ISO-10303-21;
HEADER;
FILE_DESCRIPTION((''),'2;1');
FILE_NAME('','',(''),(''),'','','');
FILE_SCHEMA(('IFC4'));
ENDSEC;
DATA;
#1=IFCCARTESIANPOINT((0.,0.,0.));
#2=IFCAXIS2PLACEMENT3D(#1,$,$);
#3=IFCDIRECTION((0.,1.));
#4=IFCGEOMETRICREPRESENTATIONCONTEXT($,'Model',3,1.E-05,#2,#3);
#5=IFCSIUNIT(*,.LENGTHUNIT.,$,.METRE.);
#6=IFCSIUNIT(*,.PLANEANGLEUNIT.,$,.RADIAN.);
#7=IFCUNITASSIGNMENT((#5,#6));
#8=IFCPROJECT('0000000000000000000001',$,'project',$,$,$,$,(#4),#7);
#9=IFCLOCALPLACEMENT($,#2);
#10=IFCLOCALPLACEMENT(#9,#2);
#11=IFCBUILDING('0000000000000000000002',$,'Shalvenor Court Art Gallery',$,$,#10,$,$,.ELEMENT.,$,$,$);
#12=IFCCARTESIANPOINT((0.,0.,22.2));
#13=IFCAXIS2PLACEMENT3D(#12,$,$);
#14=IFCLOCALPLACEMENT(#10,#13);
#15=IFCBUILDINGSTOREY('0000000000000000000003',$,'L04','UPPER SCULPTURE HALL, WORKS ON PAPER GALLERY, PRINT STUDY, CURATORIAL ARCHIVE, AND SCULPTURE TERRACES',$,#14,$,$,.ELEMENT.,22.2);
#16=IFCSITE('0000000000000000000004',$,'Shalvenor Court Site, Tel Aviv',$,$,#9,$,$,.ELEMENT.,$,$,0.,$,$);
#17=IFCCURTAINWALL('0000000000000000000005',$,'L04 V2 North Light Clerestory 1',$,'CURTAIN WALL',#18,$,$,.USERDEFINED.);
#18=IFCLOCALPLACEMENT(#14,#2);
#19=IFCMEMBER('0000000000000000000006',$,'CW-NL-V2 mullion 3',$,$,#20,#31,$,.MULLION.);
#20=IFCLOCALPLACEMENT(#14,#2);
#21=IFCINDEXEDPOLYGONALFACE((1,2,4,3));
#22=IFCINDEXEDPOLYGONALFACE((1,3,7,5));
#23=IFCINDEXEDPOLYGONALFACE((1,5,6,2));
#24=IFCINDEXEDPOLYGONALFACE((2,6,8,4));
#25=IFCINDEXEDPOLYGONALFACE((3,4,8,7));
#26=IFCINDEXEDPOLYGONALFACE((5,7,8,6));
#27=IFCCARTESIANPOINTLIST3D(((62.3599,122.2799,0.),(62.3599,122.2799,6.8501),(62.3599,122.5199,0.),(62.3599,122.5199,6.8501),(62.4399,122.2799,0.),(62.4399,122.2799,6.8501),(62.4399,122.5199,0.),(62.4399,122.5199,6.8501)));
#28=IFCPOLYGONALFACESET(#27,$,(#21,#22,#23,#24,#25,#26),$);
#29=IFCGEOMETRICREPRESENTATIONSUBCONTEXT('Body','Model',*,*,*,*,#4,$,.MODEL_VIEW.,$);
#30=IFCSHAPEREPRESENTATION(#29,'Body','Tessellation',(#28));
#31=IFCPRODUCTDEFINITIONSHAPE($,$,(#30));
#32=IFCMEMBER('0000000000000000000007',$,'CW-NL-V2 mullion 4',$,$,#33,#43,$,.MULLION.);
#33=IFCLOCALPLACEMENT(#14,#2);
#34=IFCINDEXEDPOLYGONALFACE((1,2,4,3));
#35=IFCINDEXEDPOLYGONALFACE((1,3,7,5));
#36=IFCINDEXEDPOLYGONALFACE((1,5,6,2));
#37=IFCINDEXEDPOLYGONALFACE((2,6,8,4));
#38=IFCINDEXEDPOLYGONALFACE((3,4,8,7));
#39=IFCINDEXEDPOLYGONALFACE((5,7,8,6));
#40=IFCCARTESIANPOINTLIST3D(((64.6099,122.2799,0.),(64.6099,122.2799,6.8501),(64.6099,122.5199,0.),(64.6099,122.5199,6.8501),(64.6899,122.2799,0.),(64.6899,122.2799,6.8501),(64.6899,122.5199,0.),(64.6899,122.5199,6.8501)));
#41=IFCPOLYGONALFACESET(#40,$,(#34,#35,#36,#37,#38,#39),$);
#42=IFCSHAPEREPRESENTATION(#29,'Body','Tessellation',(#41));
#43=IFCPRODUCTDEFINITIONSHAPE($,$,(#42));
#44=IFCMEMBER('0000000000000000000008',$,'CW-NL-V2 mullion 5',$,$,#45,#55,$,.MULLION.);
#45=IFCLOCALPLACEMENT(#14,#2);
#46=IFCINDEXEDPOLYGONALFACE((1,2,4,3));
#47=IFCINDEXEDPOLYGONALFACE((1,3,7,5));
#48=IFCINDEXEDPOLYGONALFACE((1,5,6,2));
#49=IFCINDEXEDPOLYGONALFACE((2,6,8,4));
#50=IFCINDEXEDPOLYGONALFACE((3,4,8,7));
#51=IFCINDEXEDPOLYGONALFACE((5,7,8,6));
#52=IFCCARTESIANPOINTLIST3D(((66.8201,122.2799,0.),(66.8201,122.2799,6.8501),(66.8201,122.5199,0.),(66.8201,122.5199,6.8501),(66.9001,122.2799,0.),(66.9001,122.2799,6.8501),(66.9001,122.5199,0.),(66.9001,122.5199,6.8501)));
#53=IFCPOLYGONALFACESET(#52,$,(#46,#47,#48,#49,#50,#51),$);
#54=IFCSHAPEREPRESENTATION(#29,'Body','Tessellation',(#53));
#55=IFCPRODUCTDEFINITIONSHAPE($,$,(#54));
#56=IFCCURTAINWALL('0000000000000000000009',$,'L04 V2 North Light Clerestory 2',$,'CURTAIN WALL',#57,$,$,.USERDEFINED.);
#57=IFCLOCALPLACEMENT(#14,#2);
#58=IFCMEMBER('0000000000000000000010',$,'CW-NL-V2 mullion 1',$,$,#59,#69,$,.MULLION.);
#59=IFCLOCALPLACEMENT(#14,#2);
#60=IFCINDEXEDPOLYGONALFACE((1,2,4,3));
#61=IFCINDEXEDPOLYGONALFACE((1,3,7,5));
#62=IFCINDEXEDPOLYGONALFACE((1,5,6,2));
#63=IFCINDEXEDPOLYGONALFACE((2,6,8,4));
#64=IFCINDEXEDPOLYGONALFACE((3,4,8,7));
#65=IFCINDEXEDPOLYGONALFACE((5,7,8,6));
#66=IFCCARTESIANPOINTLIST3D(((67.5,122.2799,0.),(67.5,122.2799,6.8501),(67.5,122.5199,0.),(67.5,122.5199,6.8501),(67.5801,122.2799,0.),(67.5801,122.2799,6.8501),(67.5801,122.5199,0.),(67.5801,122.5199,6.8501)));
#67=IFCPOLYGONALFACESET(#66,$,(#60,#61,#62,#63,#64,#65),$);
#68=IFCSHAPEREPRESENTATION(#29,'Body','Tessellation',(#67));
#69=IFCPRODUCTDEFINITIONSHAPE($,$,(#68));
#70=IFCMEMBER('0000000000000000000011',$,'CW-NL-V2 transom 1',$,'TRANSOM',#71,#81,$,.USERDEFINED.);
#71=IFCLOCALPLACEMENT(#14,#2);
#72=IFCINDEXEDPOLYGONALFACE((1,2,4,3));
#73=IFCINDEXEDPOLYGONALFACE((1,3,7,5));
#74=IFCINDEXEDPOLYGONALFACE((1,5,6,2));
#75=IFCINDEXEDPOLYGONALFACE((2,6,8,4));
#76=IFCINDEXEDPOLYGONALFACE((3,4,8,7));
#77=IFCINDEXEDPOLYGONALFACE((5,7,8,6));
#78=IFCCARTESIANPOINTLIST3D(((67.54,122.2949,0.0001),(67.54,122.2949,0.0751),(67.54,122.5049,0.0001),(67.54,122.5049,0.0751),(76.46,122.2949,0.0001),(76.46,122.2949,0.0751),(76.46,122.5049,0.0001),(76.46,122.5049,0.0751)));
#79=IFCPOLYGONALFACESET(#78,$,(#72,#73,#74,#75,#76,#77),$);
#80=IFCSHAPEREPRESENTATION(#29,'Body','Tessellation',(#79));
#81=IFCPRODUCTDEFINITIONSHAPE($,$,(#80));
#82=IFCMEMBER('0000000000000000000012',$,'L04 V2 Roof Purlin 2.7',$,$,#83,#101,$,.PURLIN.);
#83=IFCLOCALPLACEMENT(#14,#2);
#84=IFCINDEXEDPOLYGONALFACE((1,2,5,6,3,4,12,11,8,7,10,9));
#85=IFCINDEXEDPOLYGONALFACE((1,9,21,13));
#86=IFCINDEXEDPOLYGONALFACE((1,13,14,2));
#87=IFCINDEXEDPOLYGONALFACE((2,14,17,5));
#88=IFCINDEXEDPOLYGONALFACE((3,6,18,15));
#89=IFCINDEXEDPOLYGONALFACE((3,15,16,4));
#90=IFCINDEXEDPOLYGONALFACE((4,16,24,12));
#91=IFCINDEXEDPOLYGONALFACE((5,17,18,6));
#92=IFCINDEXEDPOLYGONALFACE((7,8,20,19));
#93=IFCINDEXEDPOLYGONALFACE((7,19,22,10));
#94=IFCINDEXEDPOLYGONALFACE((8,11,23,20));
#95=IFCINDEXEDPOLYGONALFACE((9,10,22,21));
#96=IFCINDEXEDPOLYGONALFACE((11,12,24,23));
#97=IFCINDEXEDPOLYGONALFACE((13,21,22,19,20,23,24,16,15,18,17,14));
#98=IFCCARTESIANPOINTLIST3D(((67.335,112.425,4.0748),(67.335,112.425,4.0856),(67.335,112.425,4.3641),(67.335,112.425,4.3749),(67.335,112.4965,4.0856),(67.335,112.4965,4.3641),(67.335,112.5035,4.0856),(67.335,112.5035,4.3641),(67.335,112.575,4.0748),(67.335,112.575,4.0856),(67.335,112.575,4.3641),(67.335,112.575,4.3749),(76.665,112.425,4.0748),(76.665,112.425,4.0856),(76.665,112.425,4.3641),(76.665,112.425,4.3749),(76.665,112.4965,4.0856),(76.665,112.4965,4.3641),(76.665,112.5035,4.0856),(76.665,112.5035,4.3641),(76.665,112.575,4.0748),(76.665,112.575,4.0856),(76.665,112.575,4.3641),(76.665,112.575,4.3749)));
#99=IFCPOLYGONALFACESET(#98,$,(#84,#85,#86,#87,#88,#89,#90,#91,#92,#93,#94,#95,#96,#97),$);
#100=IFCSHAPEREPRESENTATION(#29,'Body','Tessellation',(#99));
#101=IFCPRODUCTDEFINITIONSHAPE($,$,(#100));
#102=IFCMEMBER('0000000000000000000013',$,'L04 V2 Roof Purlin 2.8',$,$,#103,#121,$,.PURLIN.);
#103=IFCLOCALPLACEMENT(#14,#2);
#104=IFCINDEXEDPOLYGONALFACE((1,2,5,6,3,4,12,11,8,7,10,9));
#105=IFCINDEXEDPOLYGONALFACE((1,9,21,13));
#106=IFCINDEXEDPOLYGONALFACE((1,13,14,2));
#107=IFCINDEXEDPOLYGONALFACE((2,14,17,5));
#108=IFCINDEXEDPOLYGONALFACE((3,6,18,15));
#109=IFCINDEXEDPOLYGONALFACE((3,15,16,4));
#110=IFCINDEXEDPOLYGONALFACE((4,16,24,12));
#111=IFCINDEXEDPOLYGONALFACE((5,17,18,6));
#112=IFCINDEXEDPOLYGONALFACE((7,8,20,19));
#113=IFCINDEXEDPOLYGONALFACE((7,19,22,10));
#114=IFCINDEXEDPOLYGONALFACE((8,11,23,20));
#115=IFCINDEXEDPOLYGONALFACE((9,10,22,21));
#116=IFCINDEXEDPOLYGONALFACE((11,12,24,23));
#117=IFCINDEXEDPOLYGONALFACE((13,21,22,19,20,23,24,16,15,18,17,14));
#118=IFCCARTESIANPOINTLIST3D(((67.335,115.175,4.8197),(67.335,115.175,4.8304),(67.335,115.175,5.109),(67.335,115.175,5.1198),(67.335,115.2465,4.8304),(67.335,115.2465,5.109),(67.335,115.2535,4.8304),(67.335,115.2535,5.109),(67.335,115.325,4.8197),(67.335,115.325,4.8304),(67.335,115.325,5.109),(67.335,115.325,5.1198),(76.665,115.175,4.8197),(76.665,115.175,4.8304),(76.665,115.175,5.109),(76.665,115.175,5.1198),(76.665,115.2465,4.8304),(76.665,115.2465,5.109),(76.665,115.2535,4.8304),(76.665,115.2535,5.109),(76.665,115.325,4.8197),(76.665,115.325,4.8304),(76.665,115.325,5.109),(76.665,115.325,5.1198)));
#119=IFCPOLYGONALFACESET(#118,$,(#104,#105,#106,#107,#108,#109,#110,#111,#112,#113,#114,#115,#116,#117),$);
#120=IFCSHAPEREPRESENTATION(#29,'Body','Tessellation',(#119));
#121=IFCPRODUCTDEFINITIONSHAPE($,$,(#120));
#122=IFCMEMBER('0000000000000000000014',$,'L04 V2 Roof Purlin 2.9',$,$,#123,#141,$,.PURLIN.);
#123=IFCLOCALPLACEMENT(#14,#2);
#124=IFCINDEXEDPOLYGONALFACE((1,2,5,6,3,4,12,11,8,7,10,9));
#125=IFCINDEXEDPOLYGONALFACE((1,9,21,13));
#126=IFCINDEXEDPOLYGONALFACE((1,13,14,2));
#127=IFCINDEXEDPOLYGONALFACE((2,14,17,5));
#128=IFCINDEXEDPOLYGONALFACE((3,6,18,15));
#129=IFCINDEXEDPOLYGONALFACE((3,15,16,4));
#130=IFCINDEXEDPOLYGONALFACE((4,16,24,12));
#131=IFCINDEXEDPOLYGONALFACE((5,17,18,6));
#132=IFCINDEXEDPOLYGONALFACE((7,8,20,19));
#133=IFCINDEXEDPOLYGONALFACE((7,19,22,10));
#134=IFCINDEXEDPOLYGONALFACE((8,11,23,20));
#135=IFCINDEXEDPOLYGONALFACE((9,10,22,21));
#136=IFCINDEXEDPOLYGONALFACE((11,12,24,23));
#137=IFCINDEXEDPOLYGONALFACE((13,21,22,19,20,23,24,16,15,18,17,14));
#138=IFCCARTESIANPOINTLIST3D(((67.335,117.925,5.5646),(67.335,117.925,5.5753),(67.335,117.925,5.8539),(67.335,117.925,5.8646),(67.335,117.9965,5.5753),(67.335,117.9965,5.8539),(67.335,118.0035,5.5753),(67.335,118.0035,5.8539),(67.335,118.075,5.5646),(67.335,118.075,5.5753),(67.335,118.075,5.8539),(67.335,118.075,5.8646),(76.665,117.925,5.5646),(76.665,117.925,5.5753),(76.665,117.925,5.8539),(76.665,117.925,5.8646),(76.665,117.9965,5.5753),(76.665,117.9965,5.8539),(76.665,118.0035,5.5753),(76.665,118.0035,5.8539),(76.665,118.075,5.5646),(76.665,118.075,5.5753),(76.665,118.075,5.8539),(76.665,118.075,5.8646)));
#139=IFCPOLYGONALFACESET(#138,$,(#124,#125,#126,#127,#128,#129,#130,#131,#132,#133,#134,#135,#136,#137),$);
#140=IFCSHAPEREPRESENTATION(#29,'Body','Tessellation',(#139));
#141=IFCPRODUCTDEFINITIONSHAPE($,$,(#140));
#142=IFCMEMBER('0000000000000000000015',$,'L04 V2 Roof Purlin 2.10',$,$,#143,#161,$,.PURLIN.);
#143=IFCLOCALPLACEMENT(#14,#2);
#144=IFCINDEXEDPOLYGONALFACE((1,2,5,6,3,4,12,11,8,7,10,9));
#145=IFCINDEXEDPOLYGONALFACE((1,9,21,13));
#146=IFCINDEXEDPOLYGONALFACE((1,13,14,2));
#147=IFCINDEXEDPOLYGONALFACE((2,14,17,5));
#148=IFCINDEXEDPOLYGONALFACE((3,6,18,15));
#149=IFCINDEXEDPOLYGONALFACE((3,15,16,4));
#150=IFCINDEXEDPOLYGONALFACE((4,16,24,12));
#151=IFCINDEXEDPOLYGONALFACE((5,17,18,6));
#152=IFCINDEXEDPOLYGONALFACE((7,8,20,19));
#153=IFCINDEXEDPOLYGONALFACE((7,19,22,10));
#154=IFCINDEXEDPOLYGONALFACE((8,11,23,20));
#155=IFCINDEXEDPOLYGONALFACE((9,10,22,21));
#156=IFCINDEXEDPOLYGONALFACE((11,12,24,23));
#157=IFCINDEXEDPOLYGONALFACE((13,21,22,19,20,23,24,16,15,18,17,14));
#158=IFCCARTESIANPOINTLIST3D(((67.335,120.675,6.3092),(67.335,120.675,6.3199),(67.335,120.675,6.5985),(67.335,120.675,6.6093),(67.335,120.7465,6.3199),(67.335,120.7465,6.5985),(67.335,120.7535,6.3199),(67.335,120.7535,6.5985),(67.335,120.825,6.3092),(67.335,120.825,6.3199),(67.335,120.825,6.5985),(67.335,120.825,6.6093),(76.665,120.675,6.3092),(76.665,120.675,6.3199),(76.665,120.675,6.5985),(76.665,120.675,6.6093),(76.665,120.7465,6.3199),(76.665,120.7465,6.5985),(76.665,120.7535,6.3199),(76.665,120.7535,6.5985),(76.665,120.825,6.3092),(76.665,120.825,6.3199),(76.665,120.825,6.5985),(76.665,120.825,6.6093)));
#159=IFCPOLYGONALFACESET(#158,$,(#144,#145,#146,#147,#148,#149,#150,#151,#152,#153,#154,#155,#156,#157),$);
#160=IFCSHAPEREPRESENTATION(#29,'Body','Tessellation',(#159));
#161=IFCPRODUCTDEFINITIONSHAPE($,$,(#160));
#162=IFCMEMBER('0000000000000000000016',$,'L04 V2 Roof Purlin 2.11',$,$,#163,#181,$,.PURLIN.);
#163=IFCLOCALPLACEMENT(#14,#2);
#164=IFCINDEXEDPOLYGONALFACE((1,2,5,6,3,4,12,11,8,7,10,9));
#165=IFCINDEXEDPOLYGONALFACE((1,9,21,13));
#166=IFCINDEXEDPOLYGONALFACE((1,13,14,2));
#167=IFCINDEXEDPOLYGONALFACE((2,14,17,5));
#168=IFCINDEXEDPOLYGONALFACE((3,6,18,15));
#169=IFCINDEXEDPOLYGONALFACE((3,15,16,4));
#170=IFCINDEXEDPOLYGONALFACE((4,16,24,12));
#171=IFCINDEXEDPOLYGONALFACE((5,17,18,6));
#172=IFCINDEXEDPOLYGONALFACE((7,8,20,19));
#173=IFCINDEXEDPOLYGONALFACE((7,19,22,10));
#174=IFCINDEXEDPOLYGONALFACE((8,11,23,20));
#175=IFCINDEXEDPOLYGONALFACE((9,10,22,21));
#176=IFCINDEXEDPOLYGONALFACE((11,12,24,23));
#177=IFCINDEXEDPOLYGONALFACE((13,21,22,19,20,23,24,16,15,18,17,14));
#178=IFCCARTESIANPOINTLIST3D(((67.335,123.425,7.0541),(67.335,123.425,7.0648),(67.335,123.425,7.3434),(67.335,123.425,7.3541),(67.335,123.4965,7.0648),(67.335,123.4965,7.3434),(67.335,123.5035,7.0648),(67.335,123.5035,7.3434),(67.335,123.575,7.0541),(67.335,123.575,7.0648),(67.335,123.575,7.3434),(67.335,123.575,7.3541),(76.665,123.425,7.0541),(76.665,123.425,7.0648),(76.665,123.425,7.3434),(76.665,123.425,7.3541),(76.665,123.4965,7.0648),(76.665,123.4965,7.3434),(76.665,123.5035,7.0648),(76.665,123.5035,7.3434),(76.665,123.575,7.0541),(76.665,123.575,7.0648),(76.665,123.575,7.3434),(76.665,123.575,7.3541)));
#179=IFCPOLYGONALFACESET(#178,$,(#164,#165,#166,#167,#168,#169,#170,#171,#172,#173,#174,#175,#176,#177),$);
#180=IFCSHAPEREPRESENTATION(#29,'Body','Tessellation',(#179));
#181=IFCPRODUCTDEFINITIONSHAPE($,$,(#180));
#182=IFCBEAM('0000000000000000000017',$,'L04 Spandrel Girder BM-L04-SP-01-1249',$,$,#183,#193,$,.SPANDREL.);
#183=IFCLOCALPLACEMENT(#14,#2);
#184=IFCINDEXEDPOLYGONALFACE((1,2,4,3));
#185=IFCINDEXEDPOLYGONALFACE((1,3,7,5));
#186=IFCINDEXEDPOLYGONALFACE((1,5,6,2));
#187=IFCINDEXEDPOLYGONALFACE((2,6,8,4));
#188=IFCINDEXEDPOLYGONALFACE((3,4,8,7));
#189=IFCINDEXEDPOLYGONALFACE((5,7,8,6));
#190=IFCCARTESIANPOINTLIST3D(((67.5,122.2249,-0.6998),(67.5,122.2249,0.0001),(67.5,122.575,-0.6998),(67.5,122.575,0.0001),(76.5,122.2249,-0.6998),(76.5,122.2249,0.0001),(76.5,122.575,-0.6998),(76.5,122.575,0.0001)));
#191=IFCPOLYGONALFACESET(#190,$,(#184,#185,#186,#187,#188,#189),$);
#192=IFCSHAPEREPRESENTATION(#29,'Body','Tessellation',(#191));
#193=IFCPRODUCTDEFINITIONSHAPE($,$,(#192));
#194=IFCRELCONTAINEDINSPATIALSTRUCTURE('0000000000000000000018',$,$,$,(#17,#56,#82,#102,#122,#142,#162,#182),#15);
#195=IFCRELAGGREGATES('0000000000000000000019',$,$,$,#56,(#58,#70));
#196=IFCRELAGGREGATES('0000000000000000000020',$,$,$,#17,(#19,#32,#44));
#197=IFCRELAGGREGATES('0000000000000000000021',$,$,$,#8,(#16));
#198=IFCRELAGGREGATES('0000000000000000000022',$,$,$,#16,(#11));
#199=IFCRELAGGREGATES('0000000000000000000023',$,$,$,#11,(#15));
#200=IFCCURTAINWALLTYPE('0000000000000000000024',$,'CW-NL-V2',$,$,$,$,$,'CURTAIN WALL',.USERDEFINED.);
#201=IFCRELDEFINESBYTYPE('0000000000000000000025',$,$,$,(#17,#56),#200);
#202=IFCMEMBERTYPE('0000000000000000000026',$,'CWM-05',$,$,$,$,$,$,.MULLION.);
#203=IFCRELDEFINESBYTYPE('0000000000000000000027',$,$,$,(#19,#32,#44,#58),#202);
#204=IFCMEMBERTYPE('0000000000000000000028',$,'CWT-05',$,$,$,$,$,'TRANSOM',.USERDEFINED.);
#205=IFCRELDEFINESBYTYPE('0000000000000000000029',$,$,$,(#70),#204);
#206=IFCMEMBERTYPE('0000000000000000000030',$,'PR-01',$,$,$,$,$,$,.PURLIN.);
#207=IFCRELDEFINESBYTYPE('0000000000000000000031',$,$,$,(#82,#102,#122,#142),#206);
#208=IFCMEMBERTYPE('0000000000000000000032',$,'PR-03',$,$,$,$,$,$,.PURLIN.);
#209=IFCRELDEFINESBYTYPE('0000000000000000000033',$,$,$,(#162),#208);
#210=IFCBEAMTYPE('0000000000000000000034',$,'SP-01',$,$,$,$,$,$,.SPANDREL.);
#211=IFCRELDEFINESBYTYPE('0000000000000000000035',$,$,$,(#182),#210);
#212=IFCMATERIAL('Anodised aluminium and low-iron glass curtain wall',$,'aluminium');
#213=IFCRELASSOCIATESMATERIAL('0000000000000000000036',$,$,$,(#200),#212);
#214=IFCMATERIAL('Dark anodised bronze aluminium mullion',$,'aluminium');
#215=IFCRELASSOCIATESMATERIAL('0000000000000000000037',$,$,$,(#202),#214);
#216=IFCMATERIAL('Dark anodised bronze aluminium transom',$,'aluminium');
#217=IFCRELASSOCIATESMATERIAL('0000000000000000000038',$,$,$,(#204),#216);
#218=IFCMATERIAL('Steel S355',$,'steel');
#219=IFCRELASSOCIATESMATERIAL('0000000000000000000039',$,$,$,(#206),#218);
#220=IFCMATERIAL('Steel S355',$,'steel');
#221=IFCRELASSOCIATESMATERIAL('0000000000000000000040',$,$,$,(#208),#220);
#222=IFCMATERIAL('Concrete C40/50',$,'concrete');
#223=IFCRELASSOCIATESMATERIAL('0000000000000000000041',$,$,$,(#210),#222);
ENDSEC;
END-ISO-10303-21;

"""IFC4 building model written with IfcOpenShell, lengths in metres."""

from ifc_helpers import new_model, si_unit, direction, frame, origin, origin_2d, place, context, subcontext, project, spatial, rectangle, i_section, extrude, material, material_profile, profile_set, type_object, element, aggregate, save


model = new_model("IFC4")

# Units and contexts
model_context = context("Model", 3, precision=1e-05, world=origin(), true_north=direction((0.0, 1.0)))
body_context = subcontext(model_context, "Body", "Model", "MODEL_VIEW")
ifc_project = project(units=[si_unit("LENGTHUNIT", "METRE"), si_unit("PLANEANGLEUNIT", "RADIAN")], contexts=[model_context])

# Site, building, storey
site_placement = place(None, origin())
site = spatial("IfcSite", under=ifc_project, at=site_placement, Name="Shalvenor Court Site, Tel Aviv", CompositionType="ELEMENT", RefElevation=0.0)
building_placement = place(site_placement, origin())
building = spatial("IfcBuilding", under=site, at=building_placement, Name="Shalvenor Court Art Gallery", CompositionType="ELEMENT")
storey_placement = place(building_placement, frame((0.0, 0.0, 22.2)))
storey = spatial("IfcBuildingStorey", under=building, at=storey_placement, Name="L04", Description="UPPER SCULPTURE HALL, WORKS ON PAPER GALLERY, PRINT STUDY, CURATORIAL ARCHIVE, AND SCULPTURE TERRACES", CompositionType="ELEMENT", Elevation=22.2)

# Curtain walls, members
ifc_material_1 = material(Name="Anodised aluminium and low-iron glass curtain wall", Category="aluminium")
curtain_wall_type = type_object("IfcCurtainWallType", Name="CW-NL-V2", ElementType="CURTAIN WALL", PredefinedType="USERDEFINED", material=ifc_material_1)
curtain_wall_1_placement = place(storey_placement, origin())
curtain_wall_1 = element("IfcCurtainWall", 1, at=curtain_wall_1_placement, inside=storey, type_object=curtain_wall_type, Name="L04 V2 North Light Clerestory 1", ObjectType="CURTAIN WALL", PredefinedType="USERDEFINED")
ifc_material_2 = material(Name="Dark anodised bronze aluminium mullion", Category="aluminium")
ifc_material_profile_1 = material_profile(ifc_material_2, rectangle(XDim=0.0801, YDim=0.24, at=origin_2d()), Name="CWM-05")
ifc_profile_set_1 = profile_set([ifc_material_profile_1], Name="Dark anodised bronze aluminium mullion")
member_type_1 = type_object("IfcMemberType", Name="CWM-05", PredefinedType="MULLION", material=ifc_profile_set_1)
member_1_placement = place(storey_placement, frame((62.3999, 122.3999, 0.0), z_axis=(0.0, 0.0, 1.0), x_axis=(1.0, 0.0, 0.0)))
member_1 = element("IfcMember", 2, at=member_1_placement, type_object=member_type_1, Name="CW-NL-V2 mullion 3", PredefinedType="MULLION", context=body_context, shape_type="SweptSolid", body=[
    extrude(rectangle(XDim=0.0801, YDim=0.24, at=origin_2d()), origin(), (0.0, 0.0, 1.0), 6.8501),
])
member_2_placement = place(storey_placement, frame((64.6499, 122.3999, 0.0), z_axis=(0.0, 0.0, 1.0), x_axis=(1.0, 0.0, 0.0)))
member_2 = element("IfcMember", 3, at=member_2_placement, type_object=member_type_1, Name="CW-NL-V2 mullion 4", PredefinedType="MULLION", context=body_context, shape_type="SweptSolid", body=[
    extrude(rectangle(XDim=0.0801, YDim=0.24, at=origin_2d()), origin(), (0.0, 0.0, 1.0), 6.8501),
])
member_3_placement = place(storey_placement, frame((66.8601, 122.3999, 0.0), z_axis=(0.0, 0.0, 1.0), x_axis=(1.0, 0.0, 0.0)))
member_3 = element("IfcMember", 4, at=member_3_placement, type_object=member_type_1, Name="CW-NL-V2 mullion 5", PredefinedType="MULLION", context=body_context, shape_type="SweptSolid", body=[
    extrude(rectangle(XDim=0.0801, YDim=0.24, at=origin_2d()), origin(), (0.0, 0.0, 1.0), 6.8501),
])
curtain_wall_2_placement = place(storey_placement, origin())
curtain_wall_2 = element("IfcCurtainWall", 5, at=curtain_wall_2_placement, inside=storey, type_object=curtain_wall_type, Name="L04 V2 North Light Clerestory 2", ObjectType="CURTAIN WALL", PredefinedType="USERDEFINED")
member_4_placement = place(storey_placement, frame((67.54, 122.3999, 0.0), z_axis=(0.0, 0.0, 1.0), x_axis=(1.0, 0.0, 0.0)))
member_4 = element("IfcMember", 6, at=member_4_placement, type_object=member_type_1, Name="CW-NL-V2 mullion 1", PredefinedType="MULLION", context=body_context, shape_type="SweptSolid", body=[
    extrude(rectangle(XDim=0.0801, YDim=0.24, at=origin_2d()), origin(), (0.0, 0.0, 1.0), 6.8501),
])
ifc_material_3 = material(Name="Dark anodised bronze aluminium transom", Category="aluminium")
ifc_material_profile_2 = material_profile(ifc_material_3, rectangle(XDim=0.21, YDim=0.075, at=origin_2d()), Name="CWT-05")
ifc_profile_set_2 = profile_set([ifc_material_profile_2], Name="Dark anodised bronze aluminium transom")
member_type_2 = type_object("IfcMemberType", Name="CWT-05", ElementType="TRANSOM", PredefinedType="USERDEFINED", material=ifc_profile_set_2)
member_5_placement = place(storey_placement, frame((67.54, 122.3999, 0.0376), z_axis=(1.0, 0.0, 0.0), x_axis=(0.0, 1.0, 0.0)))
member_5 = element("IfcMember", 7, at=member_5_placement, type_object=member_type_2, Name="CW-NL-V2 transom 1", ObjectType="TRANSOM", PredefinedType="USERDEFINED", context=body_context, shape_type="SweptSolid", body=[
    extrude(rectangle(XDim=0.21, YDim=0.075, at=origin_2d()), origin(), (0.0, 0.0, 1.0), 8.9199),
])
aggregate(curtain_wall_2, [member_4, member_5])

# Members
ifc_material_4 = material(Name="Steel S355", Category="steel")
ifc_material_profile_3 = material_profile(ifc_material_4, i_section(OverallWidth=0.1499, OverallDepth=0.3, WebThickness=0.0071, FlangeThickness=0.0107, at=origin_2d()), Name="IPE 300")
ifc_profile_set_3 = profile_set([ifc_material_profile_3], Name="Steel S355")
member_type_3 = type_object("IfcMemberType", Name="PR-01", PredefinedType="PURLIN", material=ifc_profile_set_3)
for number, where, z_axis, x_axis, name in (
    (8, (67.335, 112.5, 4.2249), (1.0, 0.0, 0.0), (0.0, 1.0, 0.0), "L04 V2 Roof Purlin 2.7"),
    (9, (67.335, 115.25, 4.9697), (1.0, 0.0, 0.0), (0.0, 1.0, 0.0), "L04 V2 Roof Purlin 2.8"),
    (10, (67.335, 118.0, 5.7146), (1.0, 0.0, 0.0), (0.0, 1.0, 0.0), "L04 V2 Roof Purlin 2.9"),
    (11, (67.335, 120.75, 6.4592), (1.0, 0.0, 0.0), (0.0, 1.0, 0.0), "L04 V2 Roof Purlin 2.10"),
):
    element("IfcMember", number, at=place(storey_placement, frame(where, z_axis=z_axis, x_axis=x_axis)), inside=storey, type_object=member_type_3, Name=name, PredefinedType="PURLIN", context=body_context, shape_type="SweptSolid", body=[
        extrude(i_section(OverallWidth=0.1499, OverallDepth=0.3, WebThickness=0.0071, FlangeThickness=0.0107, at=origin_2d()), origin(), (0.0, 0.0, 1.0), 9.3301),
    ])
ifc_material_5 = material(Name="Steel S355", Category="steel")
ifc_material_profile_4 = material_profile(ifc_material_5, i_section(OverallWidth=0.1499, OverallDepth=0.3, WebThickness=0.0071, FlangeThickness=0.0107, at=origin_2d()), Name="IPE 300")
ifc_profile_set_4 = profile_set([ifc_material_profile_4], Name="Steel S355")
member_type_4 = type_object("IfcMemberType", Name="PR-03", PredefinedType="PURLIN", material=ifc_profile_set_4)
member_6_placement = place(storey_placement, frame((67.335, 123.5, 7.2041), z_axis=(1.0, 0.0, 0.0), x_axis=(0.0, 1.0, 0.0)))
element("IfcMember", 12, at=member_6_placement, inside=storey, type_object=member_type_4, Name="L04 V2 Roof Purlin 2.11", PredefinedType="PURLIN", context=body_context, shape_type="SweptSolid", body=[
    extrude(i_section(OverallWidth=0.1499, OverallDepth=0.3, WebThickness=0.0071, FlangeThickness=0.0107, at=origin_2d()), origin(), (0.0, 0.0, 1.0), 9.3301),
])

# Beam
ifc_material_6 = material(Name="Concrete C40/50", Category="concrete")
ifc_material_profile_5 = material_profile(ifc_material_6, rectangle(XDim=0.3501, YDim=0.7, at=origin_2d()), Name="RC 350x700")
ifc_profile_set_5 = profile_set([ifc_material_profile_5], Name="Concrete C40/50")
beam_type = type_object("IfcBeamType", Name="SP-01", PredefinedType="SPANDREL", material=ifc_profile_set_5)
beam_placement = place(storey_placement, frame((67.5, 122.3999, -0.3499), z_axis=(1.0, 0.0, 0.0), x_axis=(0.0, 1.0, 0.0)))
element("IfcBeam", 13, at=beam_placement, inside=storey, type_object=beam_type, Name="L04 Spandrel Girder BM-L04-SP-01-1249", PredefinedType="SPANDREL", context=body_context, shape_type="SweptSolid", body=[
    extrude(rectangle(XDim=0.3501, YDim=0.7, at=origin_2d()), origin(), (0.0, 0.0, 1.0), 9.0),
])

aggregate(curtain_wall_1, [member_1, member_2, member_3])

save(model, "model.ifc")
